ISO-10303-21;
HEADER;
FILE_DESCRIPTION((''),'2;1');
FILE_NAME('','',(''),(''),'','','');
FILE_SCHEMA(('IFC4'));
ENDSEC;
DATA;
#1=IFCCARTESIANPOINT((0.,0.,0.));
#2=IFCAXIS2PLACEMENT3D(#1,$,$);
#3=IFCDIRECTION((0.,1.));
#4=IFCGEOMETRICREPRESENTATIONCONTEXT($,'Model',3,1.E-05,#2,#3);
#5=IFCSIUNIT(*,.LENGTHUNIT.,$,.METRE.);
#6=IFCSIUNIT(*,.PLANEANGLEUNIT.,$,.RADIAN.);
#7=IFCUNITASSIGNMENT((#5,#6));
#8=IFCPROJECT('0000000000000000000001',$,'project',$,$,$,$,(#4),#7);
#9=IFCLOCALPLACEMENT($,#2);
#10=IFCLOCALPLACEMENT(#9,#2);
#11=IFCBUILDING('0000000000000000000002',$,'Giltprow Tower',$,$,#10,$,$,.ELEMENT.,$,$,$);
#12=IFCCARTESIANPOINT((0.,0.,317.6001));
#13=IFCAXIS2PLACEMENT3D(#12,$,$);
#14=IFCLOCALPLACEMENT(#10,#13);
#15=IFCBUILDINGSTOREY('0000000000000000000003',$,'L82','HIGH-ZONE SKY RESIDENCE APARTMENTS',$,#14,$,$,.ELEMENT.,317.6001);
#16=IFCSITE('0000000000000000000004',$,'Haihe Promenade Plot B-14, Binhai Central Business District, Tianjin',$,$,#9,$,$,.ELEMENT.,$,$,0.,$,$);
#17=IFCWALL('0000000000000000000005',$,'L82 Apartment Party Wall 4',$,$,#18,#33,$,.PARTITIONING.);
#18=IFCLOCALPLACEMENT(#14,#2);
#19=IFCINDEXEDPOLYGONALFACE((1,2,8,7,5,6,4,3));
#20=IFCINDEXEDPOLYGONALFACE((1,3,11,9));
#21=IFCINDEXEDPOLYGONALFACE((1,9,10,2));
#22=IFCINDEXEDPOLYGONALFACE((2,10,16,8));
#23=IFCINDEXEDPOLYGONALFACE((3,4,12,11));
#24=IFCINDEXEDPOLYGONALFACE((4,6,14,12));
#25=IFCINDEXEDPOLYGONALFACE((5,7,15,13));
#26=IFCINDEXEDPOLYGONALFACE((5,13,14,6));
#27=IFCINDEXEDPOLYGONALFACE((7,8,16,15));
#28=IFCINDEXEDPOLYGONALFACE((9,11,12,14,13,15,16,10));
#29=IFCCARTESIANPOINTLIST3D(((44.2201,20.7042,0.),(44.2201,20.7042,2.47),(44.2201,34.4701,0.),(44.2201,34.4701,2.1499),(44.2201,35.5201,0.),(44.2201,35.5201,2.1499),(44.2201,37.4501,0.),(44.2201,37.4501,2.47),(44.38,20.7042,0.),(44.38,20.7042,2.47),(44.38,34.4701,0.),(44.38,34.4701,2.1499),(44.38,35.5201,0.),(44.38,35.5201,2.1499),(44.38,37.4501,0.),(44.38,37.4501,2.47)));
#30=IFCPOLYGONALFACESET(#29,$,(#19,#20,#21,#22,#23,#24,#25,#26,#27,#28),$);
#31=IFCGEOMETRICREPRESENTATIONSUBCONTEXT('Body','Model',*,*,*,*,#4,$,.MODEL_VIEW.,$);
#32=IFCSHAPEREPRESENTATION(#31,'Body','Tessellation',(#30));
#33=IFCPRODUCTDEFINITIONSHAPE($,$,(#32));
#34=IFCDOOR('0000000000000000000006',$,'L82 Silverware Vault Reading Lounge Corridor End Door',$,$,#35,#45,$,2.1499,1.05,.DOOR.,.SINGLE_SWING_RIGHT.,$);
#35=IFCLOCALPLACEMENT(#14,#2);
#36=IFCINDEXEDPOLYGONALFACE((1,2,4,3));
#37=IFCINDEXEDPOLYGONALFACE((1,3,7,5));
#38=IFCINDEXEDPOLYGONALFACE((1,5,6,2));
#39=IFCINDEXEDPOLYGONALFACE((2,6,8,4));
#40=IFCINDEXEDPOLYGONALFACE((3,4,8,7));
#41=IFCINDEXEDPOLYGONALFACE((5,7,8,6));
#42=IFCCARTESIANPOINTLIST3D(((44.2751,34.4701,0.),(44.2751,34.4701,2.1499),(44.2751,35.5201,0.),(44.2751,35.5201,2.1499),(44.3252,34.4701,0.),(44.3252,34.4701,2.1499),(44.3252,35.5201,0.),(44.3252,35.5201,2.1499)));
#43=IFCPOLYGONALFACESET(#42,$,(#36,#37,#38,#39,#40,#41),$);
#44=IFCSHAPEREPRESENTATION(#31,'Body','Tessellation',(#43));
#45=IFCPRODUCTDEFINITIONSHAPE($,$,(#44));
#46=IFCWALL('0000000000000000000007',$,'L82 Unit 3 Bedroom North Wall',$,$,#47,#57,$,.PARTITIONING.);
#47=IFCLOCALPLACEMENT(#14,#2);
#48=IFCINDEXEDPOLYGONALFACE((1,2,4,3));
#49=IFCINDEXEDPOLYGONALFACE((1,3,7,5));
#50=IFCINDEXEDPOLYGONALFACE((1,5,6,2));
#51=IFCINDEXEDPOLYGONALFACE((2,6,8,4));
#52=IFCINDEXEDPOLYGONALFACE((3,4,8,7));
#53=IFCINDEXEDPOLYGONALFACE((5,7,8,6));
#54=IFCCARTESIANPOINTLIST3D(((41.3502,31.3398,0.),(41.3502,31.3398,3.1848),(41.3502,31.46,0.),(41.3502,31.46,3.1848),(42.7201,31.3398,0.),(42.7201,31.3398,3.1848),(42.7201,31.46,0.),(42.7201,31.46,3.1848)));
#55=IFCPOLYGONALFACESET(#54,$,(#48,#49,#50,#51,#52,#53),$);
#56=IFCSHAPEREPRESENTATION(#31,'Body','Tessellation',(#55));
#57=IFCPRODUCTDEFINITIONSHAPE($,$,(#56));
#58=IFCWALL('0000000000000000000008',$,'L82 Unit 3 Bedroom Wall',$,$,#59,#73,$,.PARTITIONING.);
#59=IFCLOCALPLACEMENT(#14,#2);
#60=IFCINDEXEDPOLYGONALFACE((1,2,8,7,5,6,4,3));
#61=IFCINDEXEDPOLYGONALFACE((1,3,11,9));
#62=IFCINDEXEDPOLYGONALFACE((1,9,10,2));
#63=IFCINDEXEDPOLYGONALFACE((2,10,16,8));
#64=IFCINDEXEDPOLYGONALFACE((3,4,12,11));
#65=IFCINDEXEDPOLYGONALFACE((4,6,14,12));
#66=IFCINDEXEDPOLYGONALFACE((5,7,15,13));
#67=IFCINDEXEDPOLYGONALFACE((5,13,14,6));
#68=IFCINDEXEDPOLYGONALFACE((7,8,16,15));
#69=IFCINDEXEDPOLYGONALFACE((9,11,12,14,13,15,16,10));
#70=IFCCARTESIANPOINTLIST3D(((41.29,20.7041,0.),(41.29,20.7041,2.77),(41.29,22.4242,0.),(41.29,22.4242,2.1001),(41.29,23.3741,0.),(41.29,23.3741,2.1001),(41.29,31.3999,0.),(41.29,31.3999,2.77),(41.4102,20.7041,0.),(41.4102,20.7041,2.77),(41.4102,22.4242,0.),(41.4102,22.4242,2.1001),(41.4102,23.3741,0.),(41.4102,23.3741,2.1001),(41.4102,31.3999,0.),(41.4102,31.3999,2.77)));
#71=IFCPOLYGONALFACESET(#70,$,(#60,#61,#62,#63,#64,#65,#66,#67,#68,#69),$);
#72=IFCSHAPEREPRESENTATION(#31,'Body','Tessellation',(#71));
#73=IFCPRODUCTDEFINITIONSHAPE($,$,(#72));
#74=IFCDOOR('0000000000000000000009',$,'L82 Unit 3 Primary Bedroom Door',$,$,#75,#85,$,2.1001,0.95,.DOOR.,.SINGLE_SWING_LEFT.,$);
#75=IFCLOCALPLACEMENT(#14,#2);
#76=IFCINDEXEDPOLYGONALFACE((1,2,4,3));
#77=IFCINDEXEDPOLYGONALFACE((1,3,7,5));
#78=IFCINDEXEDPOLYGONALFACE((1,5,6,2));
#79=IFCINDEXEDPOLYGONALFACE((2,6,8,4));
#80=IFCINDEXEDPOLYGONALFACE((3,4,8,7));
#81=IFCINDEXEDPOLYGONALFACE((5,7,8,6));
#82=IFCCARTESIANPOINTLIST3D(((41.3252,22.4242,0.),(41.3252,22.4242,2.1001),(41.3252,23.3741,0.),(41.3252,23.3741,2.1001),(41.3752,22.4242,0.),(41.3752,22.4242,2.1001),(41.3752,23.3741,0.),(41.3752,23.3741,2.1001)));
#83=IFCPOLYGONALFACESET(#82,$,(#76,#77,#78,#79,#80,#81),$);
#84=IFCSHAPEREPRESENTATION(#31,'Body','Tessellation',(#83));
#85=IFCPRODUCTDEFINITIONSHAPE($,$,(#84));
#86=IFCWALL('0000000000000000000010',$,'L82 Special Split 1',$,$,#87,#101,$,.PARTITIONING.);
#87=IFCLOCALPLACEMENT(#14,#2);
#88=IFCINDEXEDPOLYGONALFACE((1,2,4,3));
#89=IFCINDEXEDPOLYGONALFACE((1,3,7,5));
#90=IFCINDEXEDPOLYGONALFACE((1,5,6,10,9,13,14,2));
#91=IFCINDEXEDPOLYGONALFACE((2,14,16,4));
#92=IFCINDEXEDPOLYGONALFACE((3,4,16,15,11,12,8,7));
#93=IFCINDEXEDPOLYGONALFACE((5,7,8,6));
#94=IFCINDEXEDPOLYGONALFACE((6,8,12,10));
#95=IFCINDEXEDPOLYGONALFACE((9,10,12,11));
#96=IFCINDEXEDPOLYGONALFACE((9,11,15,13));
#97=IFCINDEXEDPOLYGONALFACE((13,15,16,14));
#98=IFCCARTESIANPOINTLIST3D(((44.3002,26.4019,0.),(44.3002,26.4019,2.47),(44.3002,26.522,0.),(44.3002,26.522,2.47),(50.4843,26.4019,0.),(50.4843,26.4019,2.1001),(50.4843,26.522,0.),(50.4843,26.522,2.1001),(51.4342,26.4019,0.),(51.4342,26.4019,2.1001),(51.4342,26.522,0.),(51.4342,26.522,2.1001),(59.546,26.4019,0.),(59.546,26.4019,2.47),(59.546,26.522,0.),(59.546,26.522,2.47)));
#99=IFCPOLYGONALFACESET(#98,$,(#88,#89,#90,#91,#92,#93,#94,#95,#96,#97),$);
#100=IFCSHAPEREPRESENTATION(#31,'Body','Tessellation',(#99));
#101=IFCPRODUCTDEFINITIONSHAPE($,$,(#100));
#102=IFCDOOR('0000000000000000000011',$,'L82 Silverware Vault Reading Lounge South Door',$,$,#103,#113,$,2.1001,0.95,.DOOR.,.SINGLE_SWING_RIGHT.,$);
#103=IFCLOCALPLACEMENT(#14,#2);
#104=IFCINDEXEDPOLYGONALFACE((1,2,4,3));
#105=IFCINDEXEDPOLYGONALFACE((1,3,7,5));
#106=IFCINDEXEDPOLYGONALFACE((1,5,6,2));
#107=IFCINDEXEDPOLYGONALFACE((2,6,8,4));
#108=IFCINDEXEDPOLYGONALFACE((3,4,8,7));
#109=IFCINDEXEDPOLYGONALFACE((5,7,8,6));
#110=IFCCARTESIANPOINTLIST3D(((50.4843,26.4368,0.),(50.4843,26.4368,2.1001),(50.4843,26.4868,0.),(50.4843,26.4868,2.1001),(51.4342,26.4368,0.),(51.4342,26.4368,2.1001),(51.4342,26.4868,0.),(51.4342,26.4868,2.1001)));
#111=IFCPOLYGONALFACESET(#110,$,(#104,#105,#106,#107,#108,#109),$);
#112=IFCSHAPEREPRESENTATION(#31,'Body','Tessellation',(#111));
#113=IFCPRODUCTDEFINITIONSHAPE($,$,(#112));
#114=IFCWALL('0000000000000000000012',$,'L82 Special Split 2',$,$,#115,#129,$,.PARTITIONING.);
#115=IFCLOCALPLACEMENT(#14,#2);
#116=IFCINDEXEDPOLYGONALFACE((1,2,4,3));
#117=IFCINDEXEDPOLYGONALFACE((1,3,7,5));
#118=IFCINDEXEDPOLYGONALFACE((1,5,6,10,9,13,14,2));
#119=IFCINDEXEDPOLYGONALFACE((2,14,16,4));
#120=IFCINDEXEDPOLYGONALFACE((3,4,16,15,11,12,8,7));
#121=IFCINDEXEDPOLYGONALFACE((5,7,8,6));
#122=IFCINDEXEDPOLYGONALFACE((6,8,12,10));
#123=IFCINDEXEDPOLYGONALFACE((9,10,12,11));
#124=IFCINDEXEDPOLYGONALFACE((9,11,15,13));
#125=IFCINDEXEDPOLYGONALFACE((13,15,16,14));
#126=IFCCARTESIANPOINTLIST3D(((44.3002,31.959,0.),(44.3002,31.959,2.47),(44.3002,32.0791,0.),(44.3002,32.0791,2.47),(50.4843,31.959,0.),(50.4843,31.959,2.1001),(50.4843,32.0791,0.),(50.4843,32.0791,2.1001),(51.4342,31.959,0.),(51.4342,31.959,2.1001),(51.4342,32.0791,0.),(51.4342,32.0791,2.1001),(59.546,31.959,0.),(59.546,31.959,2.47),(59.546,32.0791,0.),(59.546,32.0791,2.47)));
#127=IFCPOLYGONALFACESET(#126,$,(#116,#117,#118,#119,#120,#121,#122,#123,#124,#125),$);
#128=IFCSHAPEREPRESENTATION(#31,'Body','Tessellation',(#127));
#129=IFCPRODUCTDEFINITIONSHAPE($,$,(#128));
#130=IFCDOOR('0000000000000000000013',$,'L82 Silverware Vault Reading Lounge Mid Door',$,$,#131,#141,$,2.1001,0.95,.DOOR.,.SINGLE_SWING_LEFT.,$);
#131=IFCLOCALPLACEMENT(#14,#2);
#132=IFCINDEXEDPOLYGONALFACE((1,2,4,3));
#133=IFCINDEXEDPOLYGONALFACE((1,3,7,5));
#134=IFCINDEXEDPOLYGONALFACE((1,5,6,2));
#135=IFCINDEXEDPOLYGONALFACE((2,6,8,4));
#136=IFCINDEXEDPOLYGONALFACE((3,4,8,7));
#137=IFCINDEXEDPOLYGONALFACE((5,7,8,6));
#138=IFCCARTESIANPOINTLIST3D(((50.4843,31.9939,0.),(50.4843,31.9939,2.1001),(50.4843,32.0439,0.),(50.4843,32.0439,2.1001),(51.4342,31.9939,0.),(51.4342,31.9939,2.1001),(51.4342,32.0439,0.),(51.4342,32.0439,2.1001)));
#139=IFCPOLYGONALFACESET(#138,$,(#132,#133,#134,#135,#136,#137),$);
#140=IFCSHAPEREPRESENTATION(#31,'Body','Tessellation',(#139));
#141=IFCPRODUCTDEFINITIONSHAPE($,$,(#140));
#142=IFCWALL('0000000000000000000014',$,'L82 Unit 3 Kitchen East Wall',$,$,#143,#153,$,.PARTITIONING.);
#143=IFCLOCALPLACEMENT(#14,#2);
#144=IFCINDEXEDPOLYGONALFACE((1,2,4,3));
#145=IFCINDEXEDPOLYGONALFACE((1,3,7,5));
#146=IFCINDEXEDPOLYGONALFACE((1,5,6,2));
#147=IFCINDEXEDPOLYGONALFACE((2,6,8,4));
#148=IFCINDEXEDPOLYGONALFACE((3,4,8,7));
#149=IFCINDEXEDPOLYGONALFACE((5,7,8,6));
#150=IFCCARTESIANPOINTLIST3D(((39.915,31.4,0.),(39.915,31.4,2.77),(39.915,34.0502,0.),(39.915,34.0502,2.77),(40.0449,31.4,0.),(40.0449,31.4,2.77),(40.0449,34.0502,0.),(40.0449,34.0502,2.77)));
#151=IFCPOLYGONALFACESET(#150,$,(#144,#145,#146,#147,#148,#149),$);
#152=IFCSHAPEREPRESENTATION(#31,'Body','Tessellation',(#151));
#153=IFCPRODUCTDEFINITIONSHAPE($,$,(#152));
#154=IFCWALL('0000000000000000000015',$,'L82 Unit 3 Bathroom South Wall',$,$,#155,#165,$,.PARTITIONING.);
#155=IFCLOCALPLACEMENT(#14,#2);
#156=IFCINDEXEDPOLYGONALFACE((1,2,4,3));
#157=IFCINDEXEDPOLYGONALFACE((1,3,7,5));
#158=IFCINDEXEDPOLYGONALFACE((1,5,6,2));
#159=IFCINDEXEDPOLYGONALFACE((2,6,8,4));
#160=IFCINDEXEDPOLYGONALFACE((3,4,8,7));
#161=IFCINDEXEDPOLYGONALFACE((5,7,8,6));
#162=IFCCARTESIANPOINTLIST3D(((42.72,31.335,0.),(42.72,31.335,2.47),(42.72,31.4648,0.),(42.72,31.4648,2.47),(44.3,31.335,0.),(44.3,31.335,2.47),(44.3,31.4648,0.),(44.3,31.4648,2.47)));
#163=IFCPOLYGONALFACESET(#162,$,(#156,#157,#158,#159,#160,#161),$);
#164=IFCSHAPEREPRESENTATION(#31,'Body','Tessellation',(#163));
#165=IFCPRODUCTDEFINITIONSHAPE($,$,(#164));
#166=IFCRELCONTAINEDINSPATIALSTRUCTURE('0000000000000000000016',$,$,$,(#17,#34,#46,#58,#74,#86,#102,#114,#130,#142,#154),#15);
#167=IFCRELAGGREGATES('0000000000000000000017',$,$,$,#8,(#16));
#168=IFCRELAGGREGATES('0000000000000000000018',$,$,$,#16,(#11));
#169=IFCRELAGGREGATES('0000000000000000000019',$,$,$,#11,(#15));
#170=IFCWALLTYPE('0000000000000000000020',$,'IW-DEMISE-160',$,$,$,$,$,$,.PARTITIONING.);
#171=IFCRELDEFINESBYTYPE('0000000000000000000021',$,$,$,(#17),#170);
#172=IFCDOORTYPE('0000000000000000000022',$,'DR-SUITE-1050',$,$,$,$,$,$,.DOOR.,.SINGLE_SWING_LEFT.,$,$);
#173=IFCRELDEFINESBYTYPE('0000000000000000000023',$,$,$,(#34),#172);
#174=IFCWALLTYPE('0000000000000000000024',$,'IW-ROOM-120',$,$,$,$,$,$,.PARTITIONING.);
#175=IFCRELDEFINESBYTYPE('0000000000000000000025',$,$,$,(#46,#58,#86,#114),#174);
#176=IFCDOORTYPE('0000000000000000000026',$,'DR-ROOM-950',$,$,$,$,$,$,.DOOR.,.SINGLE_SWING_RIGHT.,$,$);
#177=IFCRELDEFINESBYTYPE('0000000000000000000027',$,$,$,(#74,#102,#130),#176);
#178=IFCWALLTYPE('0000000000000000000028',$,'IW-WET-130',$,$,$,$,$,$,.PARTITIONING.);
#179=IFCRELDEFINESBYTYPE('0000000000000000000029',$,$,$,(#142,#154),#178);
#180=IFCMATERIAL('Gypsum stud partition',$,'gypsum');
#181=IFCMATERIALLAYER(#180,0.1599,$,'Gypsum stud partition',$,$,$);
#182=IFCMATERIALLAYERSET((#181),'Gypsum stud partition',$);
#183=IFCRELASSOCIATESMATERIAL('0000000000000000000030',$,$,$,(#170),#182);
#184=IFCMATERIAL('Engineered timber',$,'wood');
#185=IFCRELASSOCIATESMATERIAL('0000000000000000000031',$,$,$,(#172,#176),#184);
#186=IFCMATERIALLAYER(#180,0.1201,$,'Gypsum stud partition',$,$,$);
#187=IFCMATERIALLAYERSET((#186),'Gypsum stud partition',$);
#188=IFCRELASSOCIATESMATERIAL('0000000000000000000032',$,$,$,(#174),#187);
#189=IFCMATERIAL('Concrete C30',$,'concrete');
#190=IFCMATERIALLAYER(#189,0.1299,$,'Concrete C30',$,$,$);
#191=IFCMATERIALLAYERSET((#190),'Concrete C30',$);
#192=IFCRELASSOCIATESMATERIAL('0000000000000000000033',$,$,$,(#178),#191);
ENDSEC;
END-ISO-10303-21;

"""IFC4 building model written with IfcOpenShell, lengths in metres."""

from ifc_helpers import new_model, si_unit, direction, frame, frame_2d, origin, place, context, subcontext, project, spatial, rectangle, extrude, source, transform, mapped, material, layer, layer_set, type_object, element, fill, save


model = new_model("IFC4")

# Units and contexts
model_context = context("Model", 3, precision=1e-05, world=origin(), true_north=direction((0.0, 1.0)))
body_context = subcontext(model_context, "Body", "Model", "MODEL_VIEW")
ifc_project = project(units=[si_unit("LENGTHUNIT", "METRE"), si_unit("PLANEANGLEUNIT", "RADIAN")], contexts=[model_context])

# Site, building, storey
site_placement = place(None, origin())
site = spatial("IfcSite", under=ifc_project, at=site_placement, Name="Haihe Promenade Plot B-14, Binhai Central Business District, Tianjin", CompositionType="ELEMENT", RefElevation=0.0)
building_placement = place(site_placement, origin())
building = spatial("IfcBuilding", under=site, at=building_placement, Name="Giltprow Tower", CompositionType="ELEMENT")
storey_placement = place(building_placement, frame((0.0, 0.0, 317.6001)))
storey = spatial("IfcBuildingStorey", under=building, at=storey_placement, Name="L82", Description="HIGH-ZONE SKY RESIDENCE APARTMENTS", CompositionType="ELEMENT", Elevation=317.6001)

# Wall, opening, door
ifc_material_1 = material(Name="Gypsum stud partition", Category="gypsum")
ifc_layer_1 = layer(ifc_material_1, 0.1599, Name="Gypsum stud partition")
ifc_layer_set_1 = layer_set([ifc_layer_1], Name="Gypsum stud partition")
wall_type_1 = type_object("IfcWallType", Name="IW-DEMISE-160", PredefinedType="PARTITIONING", material=ifc_layer_set_1)
wall_1_placement = place(storey_placement, frame((44.3, 20.7041, 0.0), z_axis=(0.0, 0.0, 1.0), x_axis=(0.0, 1.0, 0.0)))
wall_1 = element("IfcWall", 1, at=wall_1_placement, inside=storey, type_object=wall_type_1, Name="L82 Apartment Party Wall 4", PredefinedType="PARTITIONING", context=body_context, shape_type="SweptSolid", body=[
    extrude(rectangle(XDim=16.7458, YDim=0.1599, at=frame_2d((8.373, 0.0))), origin(), (0.0, 0.0, 1.0), 2.47),
])
opening_1_placement = place(wall_1_placement, frame((13.7661, 0.0, 0.0)))
opening_1 = element("IfcOpeningElement", 2, at=opening_1_placement, cuts=wall_1, PredefinedType="OPENING", context=body_context, shape_type="SweptSolid", body=[
    extrude(rectangle(XDim=1.05, YDim=2.1499, at=frame_2d((0.5249, 1.075))), frame((0.0, 0.0898, 0.0), z_axis=(0.0, -1.0, 0.0), x_axis=(1.0, 0.0, 0.0)), (0.0, 0.0, 1.0), 0.1799),
])
ifc_material_2 = material(Name="Engineered timber", Category="wood")
door_type_1 = type_object("IfcDoorType", Name="DR-SUITE-1050", OperationType="SINGLE_SWING_LEFT", PredefinedType="DOOR", material=ifc_material_2)
shared_shape_1 = source(origin(), body_context, "Body", "SweptSolid", [
    extrude(rectangle(XDim=1.05, YDim=2.1499, at=frame_2d((0.5249, 1.075))), frame((0.0, 0.0249, 0.0), z_axis=(0.0, -1.0, 0.0), x_axis=(1.0, 0.0, 0.0)), (0.0, 0.0, 1.0), 0.05),
])
door_1_placement = place(opening_1_placement, origin())
door_1 = element("IfcDoor", 3, at=door_1_placement, inside=storey, type_object=door_type_1, Name="L82 Silverware Vault Reading Lounge Corridor End Door", OperationType="SINGLE_SWING_RIGHT", OverallHeight=2.1499, OverallWidth=1.05, PredefinedType="DOOR", context=body_context, shape_type="MappedRepresentation", body=[
    mapped(shared_shape_1, transform((0.0, 0.0, 0.0), x_axis=(1.0, 0.0, 0.0), y_axis=(0.0, 1.0, 0.0), z_axis=(0.0, 0.0, 1.0), scale=1.0)),
])
fill(opening_1, door_1)

# Wall
ifc_layer_2 = layer(ifc_material_1, 0.1201, Name="Gypsum stud partition")
ifc_layer_set_2 = layer_set([ifc_layer_2], Name="Gypsum stud partition")
wall_type_2 = type_object("IfcWallType", Name="IW-ROOM-120", PredefinedType="PARTITIONING", material=ifc_layer_set_2)
wall_2_placement = place(storey_placement, frame((41.3501, 31.3999, 0.0), z_axis=(0.0, 0.0, 1.0), x_axis=(1.0, 0.0, 0.0)))
element("IfcWall", 4, at=wall_2_placement, inside=storey, type_object=wall_type_2, Name="L82 Unit 3 Bedroom North Wall", PredefinedType="PARTITIONING", context=body_context, shape_type="SweptSolid", body=[
    extrude(rectangle(XDim=1.3699, YDim=0.1201, at=frame_2d((0.6851, 0.0))), origin(), (0.0, 0.0, 1.0), 3.1848),
])

# Walls, openings, doors
wall_3_placement = place(storey_placement, frame((41.3501, 20.7041, 0.0), z_axis=(0.0, 0.0, 1.0), x_axis=(0.0, 1.0, 0.0)))
wall_3 = element("IfcWall", 5, at=wall_3_placement, inside=storey, type_object=wall_type_2, Name="L82 Unit 3 Bedroom Wall", PredefinedType="PARTITIONING", context=body_context, shape_type="SweptSolid", body=[
    extrude(rectangle(XDim=10.6958, YDim=0.1201, at=frame_2d((5.3479, 0.0))), origin(), (0.0, 0.0, 1.0), 2.77),
])
opening_2_placement = place(wall_3_placement, frame((1.72, 0.0, 0.0)))
opening_2 = element("IfcOpeningElement", 6, at=opening_2_placement, cuts=wall_3, PredefinedType="OPENING", context=body_context, shape_type="SweptSolid", body=[
    extrude(rectangle(XDim=0.95, YDim=2.1001, at=frame_2d((0.4751, 1.05))), frame((0.0, 0.0701, 0.0), z_axis=(0.0, -1.0, 0.0), x_axis=(1.0, 0.0, 0.0)), (0.0, 0.0, 1.0), 0.1401),
])
door_type_2 = type_object("IfcDoorType", Name="DR-ROOM-950", OperationType="SINGLE_SWING_RIGHT", PredefinedType="DOOR", material=ifc_material_2)
shared_shape_2 = source(origin(), body_context, "Body", "SweptSolid", [
    extrude(rectangle(XDim=0.95, YDim=2.1001, at=frame_2d((0.4751, 1.05))), frame((0.0, 0.0249, 0.0), z_axis=(0.0, -1.0, 0.0), x_axis=(1.0, 0.0, 0.0)), (0.0, 0.0, 1.0), 0.05),
])
door_2_placement = place(opening_2_placement, origin())
door_2 = element("IfcDoor", 7, at=door_2_placement, inside=storey, type_object=door_type_2, Name="L82 Unit 3 Primary Bedroom Door", OperationType="SINGLE_SWING_LEFT", OverallHeight=2.1001, OverallWidth=0.95, PredefinedType="DOOR", context=body_context, shape_type="MappedRepresentation", body=[
    mapped(shared_shape_2, transform((0.0, 0.0, 0.0), x_axis=(1.0, 0.0, 0.0), y_axis=(0.0, 1.0, 0.0), z_axis=(0.0, 0.0, 1.0), scale=1.0)),
])
fill(opening_2, door_2)
wall_4_placement = place(storey_placement, frame((44.3, 26.4619, 0.0), z_axis=(0.0, 0.0, 1.0), x_axis=(1.0, 0.0, 0.0)))
wall_4 = element("IfcWall", 8, at=wall_4_placement, inside=storey, type_object=wall_type_2, Name="L82 Special Split 1", PredefinedType="PARTITIONING", context=body_context, shape_type="SweptSolid", body=[
    extrude(rectangle(XDim=15.2458, YDim=0.1201, at=frame_2d((7.623, 0.0))), origin(), (0.0, 0.0, 1.0), 2.47),
])
opening_3_placement = place(wall_4_placement, frame((6.1841, 0.0, 0.0)))
opening_3 = element("IfcOpeningElement", 9, at=opening_3_placement, cuts=wall_4, PredefinedType="OPENING", context=body_context, shape_type="SweptSolid", body=[
    extrude(rectangle(XDim=0.95, YDim=2.1001, at=frame_2d((0.4751, 1.05))), frame((0.0, 0.0701, 0.0), z_axis=(0.0, -1.0, 0.0), x_axis=(1.0, 0.0, 0.0)), (0.0, 0.0, 1.0), 0.1401),
])
door_3_placement = place(opening_3_placement, origin())
door_3 = element("IfcDoor", 10, at=door_3_placement, inside=storey, type_object=door_type_2, Name="L82 Silverware Vault Reading Lounge South Door", OperationType="SINGLE_SWING_RIGHT", OverallHeight=2.1001, OverallWidth=0.95, PredefinedType="DOOR", context=body_context, shape_type="MappedRepresentation", body=[
    mapped(shared_shape_2, transform((0.0, 0.0, 0.0), x_axis=(1.0, 0.0, 0.0), y_axis=(0.0, 1.0, 0.0), z_axis=(0.0, 0.0, 1.0), scale=1.0)),
])
fill(opening_3, door_3)
wall_5_placement = place(storey_placement, frame((44.3, 32.019, 0.0), z_axis=(0.0, 0.0, 1.0), x_axis=(1.0, 0.0, 0.0)))
wall_5 = element("IfcWall", 11, at=wall_5_placement, inside=storey, type_object=wall_type_2, Name="L82 Special Split 2", PredefinedType="PARTITIONING", context=body_context, shape_type="SweptSolid", body=[
    extrude(rectangle(XDim=15.2458, YDim=0.1201, at=frame_2d((7.623, 0.0))), origin(), (0.0, 0.0, 1.0), 2.47),
])
opening_4_placement = place(wall_5_placement, frame((6.1841, 0.0, 0.0)))
opening_4 = element("IfcOpeningElement", 12, at=opening_4_placement, cuts=wall_5, PredefinedType="OPENING", context=body_context, shape_type="SweptSolid", body=[
    extrude(rectangle(XDim=0.95, YDim=2.1001, at=frame_2d((0.4751, 1.05))), frame((0.0, 0.0701, 0.0), z_axis=(0.0, -1.0, 0.0), x_axis=(1.0, 0.0, 0.0)), (0.0, 0.0, 1.0), 0.1401),
])
door_4_placement = place(opening_4_placement, origin())
door_4 = element("IfcDoor", 13, at=door_4_placement, inside=storey, type_object=door_type_2, Name="L82 Silverware Vault Reading Lounge Mid Door", OperationType="SINGLE_SWING_LEFT", OverallHeight=2.1001, OverallWidth=0.95, PredefinedType="DOOR", context=body_context, shape_type="MappedRepresentation", body=[
    mapped(shared_shape_2, transform((0.0, 0.0, 0.0), x_axis=(1.0, 0.0, 0.0), y_axis=(0.0, 1.0, 0.0), z_axis=(0.0, 0.0, 1.0), scale=1.0)),
])
fill(opening_4, door_4)

# Walls
ifc_material_3 = material(Name="Concrete C30", Category="concrete")
ifc_layer_3 = layer(ifc_material_3, 0.1299, Name="Concrete C30")
ifc_layer_set_3 = layer_set([ifc_layer_3], Name="Concrete C30")
wall_type_3 = type_object("IfcWallType", Name="IW-WET-130", PredefinedType="PARTITIONING", material=ifc_layer_set_3)
wall_6_placement = place(storey_placement, frame((39.98, 31.3999, 0.0), z_axis=(0.0, 0.0, 1.0), x_axis=(0.0, 1.0, 0.0)))
element("IfcWall", 14, at=wall_6_placement, inside=storey, type_object=wall_type_3, Name="L82 Unit 3 Kitchen East Wall", PredefinedType="PARTITIONING", context=body_context, shape_type="SweptSolid", body=[
    extrude(rectangle(XDim=2.6501, YDim=0.1299, at=frame_2d((1.3252, 0.0))), origin(), (0.0, 0.0, 1.0), 2.77),
])
wall_7_placement = place(storey_placement, frame((42.72, 31.3999, 0.0), z_axis=(0.0, 0.0, 1.0), x_axis=(1.0, 0.0, 0.0)))
element("IfcWall", 15, at=wall_7_placement, inside=storey, type_object=wall_type_3, Name="L82 Unit 3 Bathroom South Wall", PredefinedType="PARTITIONING", context=body_context, shape_type="SweptSolid", body=[
    extrude(rectangle(XDim=1.5801, YDim=0.1299, at=frame_2d((0.79, 0.0))), origin(), (0.0, 0.0, 1.0), 2.47),
])

save(model, "model.ifc")
